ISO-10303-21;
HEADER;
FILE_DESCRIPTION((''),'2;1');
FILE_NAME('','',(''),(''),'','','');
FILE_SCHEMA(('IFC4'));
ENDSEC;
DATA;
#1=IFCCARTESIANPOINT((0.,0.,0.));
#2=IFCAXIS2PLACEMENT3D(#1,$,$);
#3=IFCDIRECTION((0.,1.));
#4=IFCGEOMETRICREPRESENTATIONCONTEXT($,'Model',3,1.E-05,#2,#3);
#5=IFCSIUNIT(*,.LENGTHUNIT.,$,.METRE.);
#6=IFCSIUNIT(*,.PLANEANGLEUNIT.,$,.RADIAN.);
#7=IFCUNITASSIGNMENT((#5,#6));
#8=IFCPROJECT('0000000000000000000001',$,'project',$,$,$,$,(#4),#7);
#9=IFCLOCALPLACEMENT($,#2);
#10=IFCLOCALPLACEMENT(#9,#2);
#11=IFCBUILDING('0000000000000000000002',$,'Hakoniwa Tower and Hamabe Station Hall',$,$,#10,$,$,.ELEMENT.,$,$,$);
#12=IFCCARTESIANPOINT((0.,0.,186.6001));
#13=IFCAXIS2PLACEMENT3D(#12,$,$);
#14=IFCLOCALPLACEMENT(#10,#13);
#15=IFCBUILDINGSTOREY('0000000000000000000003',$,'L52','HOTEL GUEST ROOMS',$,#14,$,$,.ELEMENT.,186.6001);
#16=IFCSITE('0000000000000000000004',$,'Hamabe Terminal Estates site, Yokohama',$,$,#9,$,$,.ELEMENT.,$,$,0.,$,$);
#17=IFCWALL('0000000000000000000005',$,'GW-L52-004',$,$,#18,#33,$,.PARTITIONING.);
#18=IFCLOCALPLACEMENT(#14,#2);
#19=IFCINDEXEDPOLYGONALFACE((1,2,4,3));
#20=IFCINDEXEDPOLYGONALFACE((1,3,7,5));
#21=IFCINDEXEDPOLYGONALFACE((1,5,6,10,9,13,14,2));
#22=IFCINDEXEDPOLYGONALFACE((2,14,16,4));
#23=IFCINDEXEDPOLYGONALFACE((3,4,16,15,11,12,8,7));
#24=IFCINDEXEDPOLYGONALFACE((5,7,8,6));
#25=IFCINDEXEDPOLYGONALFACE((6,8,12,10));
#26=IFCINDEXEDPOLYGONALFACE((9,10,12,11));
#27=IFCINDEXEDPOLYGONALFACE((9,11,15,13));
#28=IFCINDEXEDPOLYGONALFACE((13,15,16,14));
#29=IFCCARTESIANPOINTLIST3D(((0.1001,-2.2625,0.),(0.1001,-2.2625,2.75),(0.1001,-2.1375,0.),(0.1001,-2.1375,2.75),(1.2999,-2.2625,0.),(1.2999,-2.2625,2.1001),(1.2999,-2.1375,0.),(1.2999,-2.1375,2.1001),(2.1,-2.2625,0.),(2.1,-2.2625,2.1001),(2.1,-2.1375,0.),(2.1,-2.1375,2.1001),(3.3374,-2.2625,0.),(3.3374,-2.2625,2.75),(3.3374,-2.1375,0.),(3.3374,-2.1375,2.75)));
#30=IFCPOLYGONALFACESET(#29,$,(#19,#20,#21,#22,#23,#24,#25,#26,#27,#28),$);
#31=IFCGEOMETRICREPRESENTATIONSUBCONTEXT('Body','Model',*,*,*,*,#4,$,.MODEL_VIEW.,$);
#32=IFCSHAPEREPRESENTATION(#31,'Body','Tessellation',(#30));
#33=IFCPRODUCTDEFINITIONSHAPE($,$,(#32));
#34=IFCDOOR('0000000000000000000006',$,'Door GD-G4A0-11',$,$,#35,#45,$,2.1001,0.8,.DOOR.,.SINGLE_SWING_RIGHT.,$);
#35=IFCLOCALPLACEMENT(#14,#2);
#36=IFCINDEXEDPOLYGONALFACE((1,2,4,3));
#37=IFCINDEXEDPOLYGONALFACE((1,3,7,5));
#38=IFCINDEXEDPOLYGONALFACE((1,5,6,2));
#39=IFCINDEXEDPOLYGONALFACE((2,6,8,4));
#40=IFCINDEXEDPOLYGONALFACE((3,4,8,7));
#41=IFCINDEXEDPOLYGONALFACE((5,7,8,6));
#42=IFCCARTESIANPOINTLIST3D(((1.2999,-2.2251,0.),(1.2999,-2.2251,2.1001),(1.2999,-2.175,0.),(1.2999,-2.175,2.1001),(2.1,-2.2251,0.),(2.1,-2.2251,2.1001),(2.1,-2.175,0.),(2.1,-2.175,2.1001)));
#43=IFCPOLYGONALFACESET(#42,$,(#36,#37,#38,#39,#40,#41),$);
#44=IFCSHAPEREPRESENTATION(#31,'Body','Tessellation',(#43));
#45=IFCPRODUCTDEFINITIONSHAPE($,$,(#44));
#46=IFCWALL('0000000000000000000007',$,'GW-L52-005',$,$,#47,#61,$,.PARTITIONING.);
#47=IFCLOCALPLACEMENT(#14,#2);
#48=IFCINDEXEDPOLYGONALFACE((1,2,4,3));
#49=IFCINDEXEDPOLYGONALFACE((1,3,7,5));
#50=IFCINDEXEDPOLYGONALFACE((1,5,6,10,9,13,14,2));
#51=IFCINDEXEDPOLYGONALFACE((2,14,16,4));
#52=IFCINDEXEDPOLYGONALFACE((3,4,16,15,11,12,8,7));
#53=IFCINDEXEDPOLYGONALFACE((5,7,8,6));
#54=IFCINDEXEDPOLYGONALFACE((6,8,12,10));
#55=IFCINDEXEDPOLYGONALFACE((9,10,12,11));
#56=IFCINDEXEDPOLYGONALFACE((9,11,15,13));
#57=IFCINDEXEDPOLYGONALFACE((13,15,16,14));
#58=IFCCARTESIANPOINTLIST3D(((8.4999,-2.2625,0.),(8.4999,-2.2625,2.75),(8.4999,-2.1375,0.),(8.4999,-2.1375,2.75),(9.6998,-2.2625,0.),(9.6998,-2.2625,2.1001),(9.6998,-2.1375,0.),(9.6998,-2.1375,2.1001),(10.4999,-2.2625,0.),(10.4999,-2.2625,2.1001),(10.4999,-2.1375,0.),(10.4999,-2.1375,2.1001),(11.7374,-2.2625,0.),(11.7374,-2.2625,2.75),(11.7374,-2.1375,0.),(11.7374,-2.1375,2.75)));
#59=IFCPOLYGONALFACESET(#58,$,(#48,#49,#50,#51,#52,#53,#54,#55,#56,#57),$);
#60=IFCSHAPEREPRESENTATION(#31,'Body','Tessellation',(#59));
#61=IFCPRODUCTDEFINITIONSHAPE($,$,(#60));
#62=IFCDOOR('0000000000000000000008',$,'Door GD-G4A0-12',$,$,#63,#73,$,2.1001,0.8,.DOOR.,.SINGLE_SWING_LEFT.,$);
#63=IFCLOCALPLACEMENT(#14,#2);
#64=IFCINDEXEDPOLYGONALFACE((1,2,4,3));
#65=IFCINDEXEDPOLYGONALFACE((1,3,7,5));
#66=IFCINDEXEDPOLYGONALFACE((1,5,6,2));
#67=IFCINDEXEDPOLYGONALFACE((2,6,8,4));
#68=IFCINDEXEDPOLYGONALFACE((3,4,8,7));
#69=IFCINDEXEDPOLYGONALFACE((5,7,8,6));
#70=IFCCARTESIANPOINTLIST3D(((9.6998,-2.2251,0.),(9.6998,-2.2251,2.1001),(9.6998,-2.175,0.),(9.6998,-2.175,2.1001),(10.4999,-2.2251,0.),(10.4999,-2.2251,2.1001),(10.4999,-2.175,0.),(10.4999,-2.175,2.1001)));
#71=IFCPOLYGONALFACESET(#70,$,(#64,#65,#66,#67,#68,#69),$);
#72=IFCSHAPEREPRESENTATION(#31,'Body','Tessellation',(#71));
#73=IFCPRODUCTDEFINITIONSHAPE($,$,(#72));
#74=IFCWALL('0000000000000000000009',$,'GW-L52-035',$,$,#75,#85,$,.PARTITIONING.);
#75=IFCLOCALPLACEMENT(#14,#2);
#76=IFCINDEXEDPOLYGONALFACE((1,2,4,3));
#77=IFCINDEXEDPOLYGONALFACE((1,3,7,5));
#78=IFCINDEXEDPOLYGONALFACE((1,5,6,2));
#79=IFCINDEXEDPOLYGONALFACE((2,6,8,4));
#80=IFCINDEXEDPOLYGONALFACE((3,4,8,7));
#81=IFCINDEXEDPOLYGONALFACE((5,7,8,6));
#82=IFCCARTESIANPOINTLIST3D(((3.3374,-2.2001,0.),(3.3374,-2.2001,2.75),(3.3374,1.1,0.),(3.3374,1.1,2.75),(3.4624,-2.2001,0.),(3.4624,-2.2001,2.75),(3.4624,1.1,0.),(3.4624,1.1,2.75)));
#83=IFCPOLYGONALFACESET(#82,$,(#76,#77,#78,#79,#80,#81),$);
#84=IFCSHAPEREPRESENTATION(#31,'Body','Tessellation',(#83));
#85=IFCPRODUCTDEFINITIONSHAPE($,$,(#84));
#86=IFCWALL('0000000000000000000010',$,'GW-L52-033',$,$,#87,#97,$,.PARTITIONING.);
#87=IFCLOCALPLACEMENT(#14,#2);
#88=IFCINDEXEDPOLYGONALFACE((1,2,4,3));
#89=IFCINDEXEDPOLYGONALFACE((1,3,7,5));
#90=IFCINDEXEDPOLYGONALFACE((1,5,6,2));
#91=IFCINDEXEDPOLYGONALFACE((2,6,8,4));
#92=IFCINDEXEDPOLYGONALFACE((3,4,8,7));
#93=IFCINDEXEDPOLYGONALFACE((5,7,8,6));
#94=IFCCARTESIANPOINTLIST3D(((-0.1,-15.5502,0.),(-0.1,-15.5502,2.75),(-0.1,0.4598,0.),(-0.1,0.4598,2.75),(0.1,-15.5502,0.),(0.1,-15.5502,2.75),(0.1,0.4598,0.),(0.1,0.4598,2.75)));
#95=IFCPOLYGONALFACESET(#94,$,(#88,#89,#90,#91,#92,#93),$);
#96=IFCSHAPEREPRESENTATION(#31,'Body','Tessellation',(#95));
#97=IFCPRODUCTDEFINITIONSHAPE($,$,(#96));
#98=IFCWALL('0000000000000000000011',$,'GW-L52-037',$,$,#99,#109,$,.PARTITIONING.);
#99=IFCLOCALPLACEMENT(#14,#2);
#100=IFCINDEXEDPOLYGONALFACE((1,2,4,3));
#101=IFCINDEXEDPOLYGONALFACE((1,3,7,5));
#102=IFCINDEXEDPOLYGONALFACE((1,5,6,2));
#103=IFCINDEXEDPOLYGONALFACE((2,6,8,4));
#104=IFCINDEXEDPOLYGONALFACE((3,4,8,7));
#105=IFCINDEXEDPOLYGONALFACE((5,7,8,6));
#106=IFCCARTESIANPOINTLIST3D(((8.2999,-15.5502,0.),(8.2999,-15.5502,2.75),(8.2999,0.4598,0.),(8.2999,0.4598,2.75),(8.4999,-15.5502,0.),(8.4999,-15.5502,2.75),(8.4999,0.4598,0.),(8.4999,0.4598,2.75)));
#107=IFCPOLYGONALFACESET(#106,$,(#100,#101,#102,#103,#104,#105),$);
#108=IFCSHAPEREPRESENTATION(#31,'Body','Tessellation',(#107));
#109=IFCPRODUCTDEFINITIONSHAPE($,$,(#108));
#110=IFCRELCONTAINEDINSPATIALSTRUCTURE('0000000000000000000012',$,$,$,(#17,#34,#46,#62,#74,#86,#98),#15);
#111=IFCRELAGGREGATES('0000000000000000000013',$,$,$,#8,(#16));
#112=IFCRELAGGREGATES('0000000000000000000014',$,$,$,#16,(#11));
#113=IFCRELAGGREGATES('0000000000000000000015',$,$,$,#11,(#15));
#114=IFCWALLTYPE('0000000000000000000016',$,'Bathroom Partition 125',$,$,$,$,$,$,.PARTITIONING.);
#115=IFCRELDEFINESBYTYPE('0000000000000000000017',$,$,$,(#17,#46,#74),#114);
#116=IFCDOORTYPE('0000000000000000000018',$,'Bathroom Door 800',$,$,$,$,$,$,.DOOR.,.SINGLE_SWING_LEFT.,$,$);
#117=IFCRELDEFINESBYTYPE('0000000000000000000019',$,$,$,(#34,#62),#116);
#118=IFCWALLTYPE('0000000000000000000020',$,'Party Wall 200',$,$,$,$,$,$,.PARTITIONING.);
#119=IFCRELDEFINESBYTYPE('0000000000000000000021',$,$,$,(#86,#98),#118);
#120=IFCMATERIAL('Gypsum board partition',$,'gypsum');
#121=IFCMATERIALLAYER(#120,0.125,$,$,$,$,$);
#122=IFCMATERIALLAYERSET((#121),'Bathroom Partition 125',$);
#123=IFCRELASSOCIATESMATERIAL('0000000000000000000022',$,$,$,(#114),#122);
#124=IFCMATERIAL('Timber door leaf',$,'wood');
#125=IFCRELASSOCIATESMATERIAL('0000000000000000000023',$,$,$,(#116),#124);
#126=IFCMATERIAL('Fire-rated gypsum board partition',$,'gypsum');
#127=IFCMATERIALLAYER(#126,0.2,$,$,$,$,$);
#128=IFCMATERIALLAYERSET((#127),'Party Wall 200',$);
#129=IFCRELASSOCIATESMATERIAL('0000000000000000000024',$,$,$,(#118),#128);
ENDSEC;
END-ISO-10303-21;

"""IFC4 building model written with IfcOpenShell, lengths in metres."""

from ifc_helpers import new_model, si_unit, direction, frame, frame_2d, origin, place, context, subcontext, project, spatial, rectangle, extrude, material, layer, layer_set, type_object, element, fill, save


model = new_model("IFC4")

# Units and contexts
model_context = context("Model", 3, precision=1e-05, world=origin(), true_north=direction((0.0, 1.0)))
body_context = subcontext(model_context, "Body", "Model", "MODEL_VIEW")
ifc_project = project(units=[si_unit("LENGTHUNIT", "METRE"), si_unit("PLANEANGLEUNIT", "RADIAN")], contexts=[model_context])

# Site, building, storey
site_placement = place(None, origin())
site = spatial("IfcSite", under=ifc_project, at=site_placement, Name="Hamabe Terminal Estates site, Yokohama", CompositionType="ELEMENT", RefElevation=0.0)
building_placement = place(site_placement, origin())
building = spatial("IfcBuilding", under=site, at=building_placement, Name="Hakoniwa Tower and Hamabe Station Hall", CompositionType="ELEMENT")
storey_placement = place(building_placement, frame((0.0, 0.0, 186.6001)))
storey = spatial("IfcBuildingStorey", under=building, at=storey_placement, Name="L52", Description="HOTEL GUEST ROOMS", CompositionType="ELEMENT", Elevation=186.6001)

# Walls, openings, doors
ifc_material_1 = material(Name="Gypsum board partition", Category="gypsum")
ifc_layer_1 = layer(ifc_material_1, 0.125)
ifc_layer_set_1 = layer_set([ifc_layer_1], Name="Bathroom Partition 125")
wall_type_1 = type_object("IfcWallType", Name="Bathroom Partition 125", PredefinedType="PARTITIONING", material=ifc_layer_set_1)
wall_1_placement = place(storey_placement, frame((0.1001, -2.2, 0.0), z_axis=(0.0, 0.0, 1.0), x_axis=(1.0, 0.0, 0.0)))
wall_1 = element("IfcWall", 1, at=wall_1_placement, inside=storey, type_object=wall_type_1, Name="GW-L52-004", PredefinedType="PARTITIONING", context=body_context, shape_type="SweptSolid", body=[
    extrude(rectangle(XDim=3.2373, YDim=0.125, at=frame_2d((1.6187, 0.0))), origin(), (0.0, 0.0, 1.0), 2.75),
])
opening_1_placement = place(wall_1_placement, frame((1.2, 0.0, 0.0)))
opening_1 = element("IfcOpeningElement", 2, at=opening_1_placement, cuts=wall_1, PredefinedType="OPENING", context=body_context, shape_type="SweptSolid", body=[
    extrude(rectangle(XDim=0.8, YDim=2.1001, at=frame_2d((0.3999, 1.05))), frame((0.0, 0.0725, 0.0), z_axis=(0.0, -1.0, 0.0), x_axis=(1.0, 0.0, 0.0)), (0.0, 0.0, 1.0), 0.145),
])
ifc_material_2 = material(Name="Timber door leaf", Category="wood")
door_type = type_object("IfcDoorType", Name="Bathroom Door 800", OperationType="SINGLE_SWING_LEFT", PredefinedType="DOOR", material=ifc_material_2)
door_1_placement = place(opening_1_placement, origin())
door_1 = element("IfcDoor", 3, at=door_1_placement, inside=storey, type_object=door_type, Name="Door GD-G4A0-11", OperationType="SINGLE_SWING_RIGHT", OverallHeight=2.1001, OverallWidth=0.8, PredefinedType="DOOR", context=body_context, shape_type="SweptSolid", body=[
    extrude(rectangle(XDim=0.8, YDim=2.1001, at=frame_2d((0.3999, 1.05))), frame((0.0, 0.0249, 0.0), z_axis=(0.0, -1.0, 0.0), x_axis=(1.0, 0.0, 0.0)), (0.0, 0.0, 1.0), 0.05),
])
fill(opening_1, door_1)
wall_2_placement = place(storey_placement, frame((8.5, -2.2, 0.0), z_axis=(0.0, 0.0, 1.0), x_axis=(1.0, 0.0, 0.0)))
wall_2 = element("IfcWall", 4, at=wall_2_placement, inside=storey, type_object=wall_type_1, Name="GW-L52-005", PredefinedType="PARTITIONING", context=body_context, shape_type="SweptSolid", body=[
    extrude(rectangle(XDim=3.2375, YDim=0.125, at=frame_2d((1.6187, 0.0))), origin(), (0.0, 0.0, 1.0), 2.75),
])
opening_2_placement = place(wall_2_placement, frame((1.2, 0.0, 0.0)))
opening_2 = element("IfcOpeningElement", 5, at=opening_2_placement, cuts=wall_2, PredefinedType="OPENING", context=body_context, shape_type="SweptSolid", body=[
    extrude(rectangle(XDim=0.8, YDim=2.1001, at=frame_2d((0.3999, 1.05))), frame((0.0, 0.0725, 0.0), z_axis=(0.0, -1.0, 0.0), x_axis=(1.0, 0.0, 0.0)), (0.0, 0.0, 1.0), 0.145),
])
door_2_placement = place(opening_2_placement, origin())
door_2 = element("IfcDoor", 6, at=door_2_placement, inside=storey, type_object=door_type, Name="Door GD-G4A0-12", OperationType="SINGLE_SWING_LEFT", OverallHeight=2.1001, OverallWidth=0.8, PredefinedType="DOOR", context=body_context, shape_type="SweptSolid", body=[
    extrude(rectangle(XDim=0.8, YDim=2.1001, at=frame_2d((0.3999, 1.05))), frame((0.0, 0.0249, 0.0), z_axis=(0.0, -1.0, 0.0), x_axis=(1.0, 0.0, 0.0)), (0.0, 0.0, 1.0), 0.05),
])
fill(opening_2, door_2)

# Walls
wall_3_placement = place(storey_placement, frame((3.3999, -2.2, 0.0), z_axis=(0.0, 0.0, 1.0), x_axis=(0.0, 1.0, 0.0)))
element("IfcWall", 7, at=wall_3_placement, inside=storey, type_object=wall_type_1, Name="GW-L52-035", PredefinedType="PARTITIONING", context=body_context, shape_type="SweptSolid", body=[
    extrude(rectangle(XDim=3.3, YDim=0.125, at=frame_2d((1.6499, 0.0))), origin(), (0.0, 0.0, 1.0), 2.75),
])
ifc_material_3 = material(Name="Fire-rated gypsum board partition", Category="gypsum")
ifc_layer_2 = layer(ifc_material_3, 0.2)
ifc_layer_set_2 = layer_set([ifc_layer_2], Name="Party Wall 200")
wall_type_2 = type_object("IfcWallType", Name="Party Wall 200", PredefinedType="PARTITIONING", material=ifc_layer_set_2)
for number, where, z_axis, x_axis, name in (
    (8, (0.0, -15.55, 0.0), (0.0, 0.0, 1.0), (0.0, 1.0, 0.0), "GW-L52-033"),
    (9, (8.3999, -15.55, 0.0), (0.0, 0.0, 1.0), (0.0, 1.0, 0.0), "GW-L52-037"),
):
    element("IfcWall", number, at=place(storey_placement, frame(where, z_axis=z_axis, x_axis=x_axis)), inside=storey, type_object=wall_type_2, Name=name, PredefinedType="PARTITIONING", context=body_context, shape_type="SweptSolid", body=[
        extrude(rectangle(XDim=16.01, YDim=0.2, at=frame_2d((8.0049, 0.0))), origin(), (0.0, 0.0, 1.0), 2.75),
    ])

save(model, "model.ifc")
